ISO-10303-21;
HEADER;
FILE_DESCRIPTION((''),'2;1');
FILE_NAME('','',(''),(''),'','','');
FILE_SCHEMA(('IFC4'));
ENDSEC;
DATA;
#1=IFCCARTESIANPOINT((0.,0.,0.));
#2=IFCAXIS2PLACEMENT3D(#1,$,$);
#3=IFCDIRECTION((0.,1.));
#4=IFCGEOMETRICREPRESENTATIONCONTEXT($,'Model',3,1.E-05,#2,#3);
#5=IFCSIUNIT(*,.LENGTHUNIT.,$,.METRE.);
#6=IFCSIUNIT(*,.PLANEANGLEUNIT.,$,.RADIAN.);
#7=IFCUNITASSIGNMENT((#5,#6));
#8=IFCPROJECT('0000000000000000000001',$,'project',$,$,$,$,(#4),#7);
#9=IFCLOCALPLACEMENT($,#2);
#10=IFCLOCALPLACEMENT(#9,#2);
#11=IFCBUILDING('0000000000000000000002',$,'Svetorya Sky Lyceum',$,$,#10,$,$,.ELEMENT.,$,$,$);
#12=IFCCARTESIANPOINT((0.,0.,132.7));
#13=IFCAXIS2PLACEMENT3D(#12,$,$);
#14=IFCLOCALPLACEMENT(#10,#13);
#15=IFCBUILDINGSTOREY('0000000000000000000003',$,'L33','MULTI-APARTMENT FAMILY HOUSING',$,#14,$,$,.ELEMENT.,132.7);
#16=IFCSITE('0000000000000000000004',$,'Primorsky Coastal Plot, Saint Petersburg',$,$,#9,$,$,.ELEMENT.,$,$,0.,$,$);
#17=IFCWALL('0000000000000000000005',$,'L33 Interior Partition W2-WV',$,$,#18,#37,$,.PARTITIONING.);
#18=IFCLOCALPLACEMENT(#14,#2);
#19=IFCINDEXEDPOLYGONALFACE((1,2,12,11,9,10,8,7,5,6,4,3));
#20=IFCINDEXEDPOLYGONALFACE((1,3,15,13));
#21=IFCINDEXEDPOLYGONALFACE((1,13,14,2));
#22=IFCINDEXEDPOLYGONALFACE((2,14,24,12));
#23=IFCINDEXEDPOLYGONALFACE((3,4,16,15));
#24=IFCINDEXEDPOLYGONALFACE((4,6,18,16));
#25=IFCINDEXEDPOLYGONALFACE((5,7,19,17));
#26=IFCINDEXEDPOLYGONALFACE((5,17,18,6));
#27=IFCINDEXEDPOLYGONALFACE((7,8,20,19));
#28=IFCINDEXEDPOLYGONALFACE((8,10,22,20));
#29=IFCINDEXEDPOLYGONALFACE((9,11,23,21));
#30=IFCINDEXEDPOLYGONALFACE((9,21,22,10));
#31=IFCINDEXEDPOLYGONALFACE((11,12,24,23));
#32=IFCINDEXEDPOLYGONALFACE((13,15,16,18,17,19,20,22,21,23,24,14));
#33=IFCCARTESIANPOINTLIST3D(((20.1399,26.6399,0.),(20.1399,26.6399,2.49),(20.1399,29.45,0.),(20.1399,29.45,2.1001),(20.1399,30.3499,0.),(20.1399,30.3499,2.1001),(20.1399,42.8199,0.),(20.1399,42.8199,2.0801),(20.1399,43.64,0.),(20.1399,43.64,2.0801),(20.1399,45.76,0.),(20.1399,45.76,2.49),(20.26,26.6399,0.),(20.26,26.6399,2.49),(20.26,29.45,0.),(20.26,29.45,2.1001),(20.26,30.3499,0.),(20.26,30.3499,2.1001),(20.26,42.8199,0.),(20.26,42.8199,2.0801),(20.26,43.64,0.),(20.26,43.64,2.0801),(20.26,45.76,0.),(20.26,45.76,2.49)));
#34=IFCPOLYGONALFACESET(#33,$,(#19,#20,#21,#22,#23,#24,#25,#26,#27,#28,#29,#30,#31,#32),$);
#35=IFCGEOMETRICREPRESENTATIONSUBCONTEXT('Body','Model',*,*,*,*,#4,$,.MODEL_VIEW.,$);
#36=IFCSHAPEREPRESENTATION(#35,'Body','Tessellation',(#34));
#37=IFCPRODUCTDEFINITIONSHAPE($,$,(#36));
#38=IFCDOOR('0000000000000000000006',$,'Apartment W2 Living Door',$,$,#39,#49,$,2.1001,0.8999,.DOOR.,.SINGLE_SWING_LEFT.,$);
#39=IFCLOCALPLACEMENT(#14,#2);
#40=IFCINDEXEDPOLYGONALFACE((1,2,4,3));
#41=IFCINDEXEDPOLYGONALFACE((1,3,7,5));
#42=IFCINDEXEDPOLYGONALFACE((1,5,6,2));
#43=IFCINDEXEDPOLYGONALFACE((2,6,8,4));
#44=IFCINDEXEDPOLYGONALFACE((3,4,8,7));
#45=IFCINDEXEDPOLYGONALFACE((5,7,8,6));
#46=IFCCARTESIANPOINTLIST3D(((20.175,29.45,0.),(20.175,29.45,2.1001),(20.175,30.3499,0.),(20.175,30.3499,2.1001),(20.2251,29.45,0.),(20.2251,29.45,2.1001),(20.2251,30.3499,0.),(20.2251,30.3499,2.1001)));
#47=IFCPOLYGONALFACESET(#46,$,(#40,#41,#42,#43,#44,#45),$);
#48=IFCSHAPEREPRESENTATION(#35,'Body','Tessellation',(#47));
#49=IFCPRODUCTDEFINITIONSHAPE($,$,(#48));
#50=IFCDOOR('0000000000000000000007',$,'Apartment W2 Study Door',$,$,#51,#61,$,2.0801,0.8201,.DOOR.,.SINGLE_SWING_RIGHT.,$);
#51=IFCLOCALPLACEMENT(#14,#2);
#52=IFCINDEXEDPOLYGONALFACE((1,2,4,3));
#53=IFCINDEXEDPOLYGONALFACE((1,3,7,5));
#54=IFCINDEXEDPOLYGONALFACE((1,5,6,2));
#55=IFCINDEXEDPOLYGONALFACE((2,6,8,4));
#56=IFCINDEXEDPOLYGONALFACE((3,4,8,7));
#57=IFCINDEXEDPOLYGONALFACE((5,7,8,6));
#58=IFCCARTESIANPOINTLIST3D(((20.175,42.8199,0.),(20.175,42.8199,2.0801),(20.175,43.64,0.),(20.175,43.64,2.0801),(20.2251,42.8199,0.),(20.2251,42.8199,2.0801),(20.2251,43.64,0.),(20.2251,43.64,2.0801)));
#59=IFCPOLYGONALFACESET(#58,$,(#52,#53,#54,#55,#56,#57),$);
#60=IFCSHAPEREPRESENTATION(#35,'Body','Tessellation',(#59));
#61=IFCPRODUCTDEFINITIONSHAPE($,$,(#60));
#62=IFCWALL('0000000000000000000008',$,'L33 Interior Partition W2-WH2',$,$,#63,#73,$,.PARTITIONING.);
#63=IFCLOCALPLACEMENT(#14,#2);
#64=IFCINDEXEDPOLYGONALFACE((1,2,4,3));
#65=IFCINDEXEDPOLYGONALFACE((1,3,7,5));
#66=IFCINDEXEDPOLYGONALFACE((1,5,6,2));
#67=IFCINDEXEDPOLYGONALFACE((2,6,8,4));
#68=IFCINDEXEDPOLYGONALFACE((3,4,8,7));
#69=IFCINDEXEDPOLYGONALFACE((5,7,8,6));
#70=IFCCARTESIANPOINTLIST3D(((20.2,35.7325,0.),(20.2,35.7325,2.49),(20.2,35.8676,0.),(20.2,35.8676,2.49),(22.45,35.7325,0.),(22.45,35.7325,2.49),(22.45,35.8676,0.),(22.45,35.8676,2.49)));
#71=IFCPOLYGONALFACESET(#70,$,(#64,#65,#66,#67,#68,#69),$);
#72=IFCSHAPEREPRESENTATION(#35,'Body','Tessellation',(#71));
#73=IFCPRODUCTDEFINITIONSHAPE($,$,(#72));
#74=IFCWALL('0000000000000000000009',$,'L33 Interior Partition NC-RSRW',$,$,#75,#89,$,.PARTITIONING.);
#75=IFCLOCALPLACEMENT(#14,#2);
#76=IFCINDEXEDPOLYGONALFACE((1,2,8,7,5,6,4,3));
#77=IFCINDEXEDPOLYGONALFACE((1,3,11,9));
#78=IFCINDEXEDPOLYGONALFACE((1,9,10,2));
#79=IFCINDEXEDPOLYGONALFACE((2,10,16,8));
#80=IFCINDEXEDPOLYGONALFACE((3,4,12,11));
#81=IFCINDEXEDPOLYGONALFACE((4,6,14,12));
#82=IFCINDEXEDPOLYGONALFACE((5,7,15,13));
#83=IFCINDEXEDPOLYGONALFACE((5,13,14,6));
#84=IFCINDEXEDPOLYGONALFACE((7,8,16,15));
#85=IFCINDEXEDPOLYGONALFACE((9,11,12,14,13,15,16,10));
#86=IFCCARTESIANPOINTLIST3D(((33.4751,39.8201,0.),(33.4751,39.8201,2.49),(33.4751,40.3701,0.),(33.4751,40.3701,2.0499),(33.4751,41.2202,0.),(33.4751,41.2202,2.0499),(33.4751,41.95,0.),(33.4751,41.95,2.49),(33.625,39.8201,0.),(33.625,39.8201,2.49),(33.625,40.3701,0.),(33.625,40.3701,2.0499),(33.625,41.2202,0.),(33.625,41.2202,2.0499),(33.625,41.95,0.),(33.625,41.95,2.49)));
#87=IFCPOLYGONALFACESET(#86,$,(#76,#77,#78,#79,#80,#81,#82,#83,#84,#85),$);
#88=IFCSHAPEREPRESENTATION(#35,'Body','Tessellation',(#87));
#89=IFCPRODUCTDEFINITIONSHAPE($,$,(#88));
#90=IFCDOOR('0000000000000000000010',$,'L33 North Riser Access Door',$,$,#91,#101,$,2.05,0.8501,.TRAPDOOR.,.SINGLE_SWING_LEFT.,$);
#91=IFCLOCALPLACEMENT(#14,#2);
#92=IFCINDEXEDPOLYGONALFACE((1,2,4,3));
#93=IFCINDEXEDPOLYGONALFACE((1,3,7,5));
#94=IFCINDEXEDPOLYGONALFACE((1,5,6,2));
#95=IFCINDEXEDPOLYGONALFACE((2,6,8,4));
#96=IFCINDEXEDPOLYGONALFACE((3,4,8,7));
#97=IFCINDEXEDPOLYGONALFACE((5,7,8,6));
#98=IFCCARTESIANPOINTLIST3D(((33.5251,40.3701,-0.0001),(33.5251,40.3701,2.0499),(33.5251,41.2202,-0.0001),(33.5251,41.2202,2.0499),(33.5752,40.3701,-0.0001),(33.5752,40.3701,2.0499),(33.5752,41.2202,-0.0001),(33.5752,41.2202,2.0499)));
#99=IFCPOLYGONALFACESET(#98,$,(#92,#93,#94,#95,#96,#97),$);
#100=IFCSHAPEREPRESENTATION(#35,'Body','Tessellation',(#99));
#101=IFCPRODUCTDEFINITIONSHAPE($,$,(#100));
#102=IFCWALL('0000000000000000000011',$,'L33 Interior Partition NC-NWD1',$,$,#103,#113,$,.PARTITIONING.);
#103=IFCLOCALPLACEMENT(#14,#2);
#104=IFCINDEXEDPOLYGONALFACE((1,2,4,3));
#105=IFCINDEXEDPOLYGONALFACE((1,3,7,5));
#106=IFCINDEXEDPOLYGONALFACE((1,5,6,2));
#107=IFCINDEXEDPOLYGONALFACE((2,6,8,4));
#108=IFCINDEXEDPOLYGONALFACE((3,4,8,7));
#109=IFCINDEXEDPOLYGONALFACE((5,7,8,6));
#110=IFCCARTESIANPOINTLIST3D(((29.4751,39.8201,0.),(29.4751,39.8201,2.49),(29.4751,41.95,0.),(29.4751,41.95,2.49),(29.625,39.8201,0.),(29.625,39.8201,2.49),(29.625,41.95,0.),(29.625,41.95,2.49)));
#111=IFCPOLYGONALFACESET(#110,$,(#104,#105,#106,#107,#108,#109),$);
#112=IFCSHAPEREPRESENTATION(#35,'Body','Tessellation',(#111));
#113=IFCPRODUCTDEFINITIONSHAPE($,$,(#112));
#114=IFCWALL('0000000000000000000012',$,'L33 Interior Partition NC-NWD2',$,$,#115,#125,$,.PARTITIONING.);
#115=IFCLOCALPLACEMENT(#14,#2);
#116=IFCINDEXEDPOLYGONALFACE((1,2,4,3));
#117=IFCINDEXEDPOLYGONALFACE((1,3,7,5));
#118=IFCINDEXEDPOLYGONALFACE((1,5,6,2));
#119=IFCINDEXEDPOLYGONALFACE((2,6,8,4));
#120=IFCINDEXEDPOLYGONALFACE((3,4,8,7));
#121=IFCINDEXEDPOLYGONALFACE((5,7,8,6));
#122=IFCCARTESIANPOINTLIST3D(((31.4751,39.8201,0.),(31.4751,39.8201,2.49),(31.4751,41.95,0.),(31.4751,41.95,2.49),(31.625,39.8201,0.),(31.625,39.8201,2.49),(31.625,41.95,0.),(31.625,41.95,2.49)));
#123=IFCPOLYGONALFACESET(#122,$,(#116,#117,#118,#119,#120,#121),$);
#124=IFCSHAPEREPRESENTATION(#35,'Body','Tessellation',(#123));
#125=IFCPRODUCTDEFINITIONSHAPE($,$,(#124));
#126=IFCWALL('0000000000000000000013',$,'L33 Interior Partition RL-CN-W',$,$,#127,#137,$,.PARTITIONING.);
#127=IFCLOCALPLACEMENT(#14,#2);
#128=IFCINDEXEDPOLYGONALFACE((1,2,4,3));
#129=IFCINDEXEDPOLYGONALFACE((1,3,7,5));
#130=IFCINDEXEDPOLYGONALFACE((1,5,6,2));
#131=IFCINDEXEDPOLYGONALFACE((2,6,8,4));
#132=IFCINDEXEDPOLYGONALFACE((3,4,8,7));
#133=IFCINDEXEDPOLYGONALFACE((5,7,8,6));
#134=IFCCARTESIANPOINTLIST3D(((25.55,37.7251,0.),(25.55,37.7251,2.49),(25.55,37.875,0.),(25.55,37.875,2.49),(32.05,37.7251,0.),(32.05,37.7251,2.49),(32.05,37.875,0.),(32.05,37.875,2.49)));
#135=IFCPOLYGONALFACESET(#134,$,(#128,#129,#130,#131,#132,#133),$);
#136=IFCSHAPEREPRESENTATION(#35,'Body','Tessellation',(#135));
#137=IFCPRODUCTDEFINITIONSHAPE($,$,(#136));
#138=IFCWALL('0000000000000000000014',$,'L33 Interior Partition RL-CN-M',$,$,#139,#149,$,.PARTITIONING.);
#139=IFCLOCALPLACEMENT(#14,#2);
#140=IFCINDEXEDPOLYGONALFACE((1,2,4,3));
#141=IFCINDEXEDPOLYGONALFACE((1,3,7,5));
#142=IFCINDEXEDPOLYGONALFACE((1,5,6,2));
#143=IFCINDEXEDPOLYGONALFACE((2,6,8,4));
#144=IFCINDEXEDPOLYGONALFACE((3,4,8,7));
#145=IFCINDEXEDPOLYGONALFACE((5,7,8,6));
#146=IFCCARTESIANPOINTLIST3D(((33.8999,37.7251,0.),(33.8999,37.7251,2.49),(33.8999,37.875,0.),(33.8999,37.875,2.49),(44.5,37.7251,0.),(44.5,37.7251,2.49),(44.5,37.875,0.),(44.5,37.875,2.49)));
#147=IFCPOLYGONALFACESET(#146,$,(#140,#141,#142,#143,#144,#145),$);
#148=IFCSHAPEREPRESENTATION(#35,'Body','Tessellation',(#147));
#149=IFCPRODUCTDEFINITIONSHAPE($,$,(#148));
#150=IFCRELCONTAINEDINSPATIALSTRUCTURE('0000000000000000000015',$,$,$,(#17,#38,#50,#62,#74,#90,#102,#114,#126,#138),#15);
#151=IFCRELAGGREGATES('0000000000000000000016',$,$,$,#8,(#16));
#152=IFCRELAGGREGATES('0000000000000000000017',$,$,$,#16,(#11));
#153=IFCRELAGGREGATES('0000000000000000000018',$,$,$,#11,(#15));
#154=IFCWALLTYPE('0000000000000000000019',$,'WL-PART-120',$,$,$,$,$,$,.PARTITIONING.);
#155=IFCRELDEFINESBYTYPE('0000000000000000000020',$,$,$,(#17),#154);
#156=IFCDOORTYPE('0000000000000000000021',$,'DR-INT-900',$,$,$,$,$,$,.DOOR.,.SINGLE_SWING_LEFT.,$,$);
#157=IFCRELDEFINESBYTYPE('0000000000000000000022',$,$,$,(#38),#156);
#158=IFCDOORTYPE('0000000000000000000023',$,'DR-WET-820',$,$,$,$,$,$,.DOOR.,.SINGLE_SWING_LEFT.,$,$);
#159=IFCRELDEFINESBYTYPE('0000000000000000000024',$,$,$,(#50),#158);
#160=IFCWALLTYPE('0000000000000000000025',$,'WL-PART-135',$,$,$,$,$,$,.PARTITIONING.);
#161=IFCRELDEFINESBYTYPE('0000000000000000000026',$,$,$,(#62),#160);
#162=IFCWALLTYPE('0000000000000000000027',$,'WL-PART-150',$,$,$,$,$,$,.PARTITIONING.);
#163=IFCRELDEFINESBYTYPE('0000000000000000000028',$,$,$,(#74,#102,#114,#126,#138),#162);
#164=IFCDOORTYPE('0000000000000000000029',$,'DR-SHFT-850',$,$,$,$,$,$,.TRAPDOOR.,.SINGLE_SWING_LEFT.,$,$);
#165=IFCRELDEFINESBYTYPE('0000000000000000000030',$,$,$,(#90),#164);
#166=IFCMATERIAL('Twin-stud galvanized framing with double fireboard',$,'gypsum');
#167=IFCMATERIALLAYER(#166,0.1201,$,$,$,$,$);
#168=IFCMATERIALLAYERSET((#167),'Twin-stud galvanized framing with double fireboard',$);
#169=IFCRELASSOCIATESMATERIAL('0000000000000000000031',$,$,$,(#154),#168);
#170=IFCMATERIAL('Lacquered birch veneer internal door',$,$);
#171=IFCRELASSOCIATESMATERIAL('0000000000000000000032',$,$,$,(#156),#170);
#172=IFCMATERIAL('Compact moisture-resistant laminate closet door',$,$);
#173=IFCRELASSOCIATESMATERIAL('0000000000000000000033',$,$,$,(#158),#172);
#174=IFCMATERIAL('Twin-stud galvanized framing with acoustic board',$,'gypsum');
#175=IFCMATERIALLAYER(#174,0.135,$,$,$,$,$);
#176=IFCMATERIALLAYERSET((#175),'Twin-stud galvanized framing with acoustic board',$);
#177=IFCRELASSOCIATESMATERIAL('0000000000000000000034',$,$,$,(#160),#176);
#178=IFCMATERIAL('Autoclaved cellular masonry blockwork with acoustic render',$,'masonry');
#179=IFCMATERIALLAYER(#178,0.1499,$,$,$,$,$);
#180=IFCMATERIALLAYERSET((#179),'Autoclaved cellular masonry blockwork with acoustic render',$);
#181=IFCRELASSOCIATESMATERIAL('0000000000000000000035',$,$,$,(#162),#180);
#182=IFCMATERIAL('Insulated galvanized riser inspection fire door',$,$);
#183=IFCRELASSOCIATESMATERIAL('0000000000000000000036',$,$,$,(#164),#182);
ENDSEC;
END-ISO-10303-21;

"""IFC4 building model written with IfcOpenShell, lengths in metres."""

from ifc_helpers import new_model, si_unit, direction, frame, frame_2d, origin, place, context, subcontext, project, spatial, rectangle, extrude, material, layer, layer_set, type_object, element, fill, save


model = new_model("IFC4")

# Units and contexts
model_context = context("Model", 3, precision=1e-05, world=origin(), true_north=direction((0.0, 1.0)))
body_context = subcontext(model_context, "Body", "Model", "MODEL_VIEW")
ifc_project = project(units=[si_unit("LENGTHUNIT", "METRE"), si_unit("PLANEANGLEUNIT", "RADIAN")], contexts=[model_context])

# Site, building, storey
site_placement = place(None, origin())
site = spatial("IfcSite", under=ifc_project, at=site_placement, Name="Primorsky Coastal Plot, Saint Petersburg", CompositionType="ELEMENT", RefElevation=0.0)
building_placement = place(site_placement, origin())
building = spatial("IfcBuilding", under=site, at=building_placement, Name="Svetorya Sky Lyceum", CompositionType="ELEMENT")
storey_placement = place(building_placement, frame((0.0, 0.0, 132.7)))
storey = spatial("IfcBuildingStorey", under=building, at=storey_placement, Name="L33", Description="MULTI-APARTMENT FAMILY HOUSING", CompositionType="ELEMENT", Elevation=132.7)

# Shared definitions
ifc_material_1 = material(Name="Twin-stud galvanized framing with double fireboard", Category="gypsum")
ifc_layer_1 = layer(ifc_material_1, 0.1201)
ifc_layer_set_1 = layer_set([ifc_layer_1], Name="Twin-stud galvanized framing with double fireboard")
wall_type_1 = type_object("IfcWallType", Name="WL-PART-120", PredefinedType="PARTITIONING", material=ifc_layer_set_1)

# Wall, openings, doors
wall_1_placement = place(storey_placement, frame((20.2, 26.6399, 0.0), z_axis=(0.0, 0.0, 1.0), x_axis=(0.0, 1.0, 0.0)))
wall_1 = element("IfcWall", 1, at=wall_1_placement, inside=storey, type_object=wall_type_1, Name="L33 Interior Partition W2-WV", PredefinedType="PARTITIONING", context=body_context, shape_type="SweptSolid", body=[
    extrude(rectangle(XDim=19.1201, YDim=0.1201, at=frame_2d((9.5601, 0.0))), origin(), (0.0, 0.0, 1.0), 2.49),
])
opening_1_placement = place(wall_1_placement, frame((2.8101, 0.0, 0.0)))
opening_1 = element("IfcOpeningElement", 2, at=opening_1_placement, cuts=wall_1, PredefinedType="OPENING", context=body_context, shape_type="SweptSolid", body=[
    extrude(rectangle(XDim=0.8999, YDim=2.1001, at=frame_2d((0.45, 1.05))), frame((0.0, 0.0701, 0.0), z_axis=(0.0, -1.0, 0.0), x_axis=(1.0, 0.0, 0.0)), (0.0, 0.0, 1.0), 0.1401),
])
opening_2_placement = place(wall_1_placement, frame((16.1799, 0.0, 0.0)))
opening_2 = element("IfcOpeningElement", 3, at=opening_2_placement, cuts=wall_1, PredefinedType="OPENING", context=body_context, shape_type="SweptSolid", body=[
    extrude(rectangle(XDim=0.8201, YDim=2.0801, at=frame_2d((0.4102, 1.04))), frame((0.0, 0.0701, 0.0), z_axis=(0.0, -1.0, 0.0), x_axis=(1.0, 0.0, 0.0)), (0.0, 0.0, 1.0), 0.1401),
])
ifc_material_2 = material(Name="Lacquered birch veneer internal door")
door_type_1 = type_object("IfcDoorType", Name="DR-INT-900", OperationType="SINGLE_SWING_LEFT", PredefinedType="DOOR", material=ifc_material_2)
door_1_placement = place(opening_1_placement, origin())
door_1 = element("IfcDoor", 4, at=door_1_placement, inside=storey, type_object=door_type_1, Name="Apartment W2 Living Door", OperationType="SINGLE_SWING_LEFT", OverallHeight=2.1001, OverallWidth=0.8999, PredefinedType="DOOR", context=body_context, shape_type="SweptSolid", body=[
    extrude(rectangle(XDim=0.8999, YDim=2.1001, at=frame_2d((0.45, 1.05))), frame((0.0, 0.0249, 0.0), z_axis=(0.0, -1.0, 0.0), x_axis=(1.0, 0.0, 0.0)), (0.0, 0.0, 1.0), 0.05),
])
fill(opening_1, door_1)
ifc_material_3 = material(Name="Compact moisture-resistant laminate closet door")
door_type_2 = type_object("IfcDoorType", Name="DR-WET-820", OperationType="SINGLE_SWING_LEFT", PredefinedType="DOOR", material=ifc_material_3)
door_2_placement = place(opening_2_placement, origin())
door_2 = element("IfcDoor", 5, at=door_2_placement, inside=storey, type_object=door_type_2, Name="Apartment W2 Study Door", OperationType="SINGLE_SWING_RIGHT", OverallHeight=2.0801, OverallWidth=0.8201, PredefinedType="DOOR", context=body_context, shape_type="SweptSolid", body=[
    extrude(rectangle(XDim=0.8201, YDim=2.0801, at=frame_2d((0.4102, 1.04))), frame((0.0, 0.0249, 0.0), z_axis=(0.0, -1.0, 0.0), x_axis=(1.0, 0.0, 0.0)), (0.0, 0.0, 1.0), 0.05),
])
fill(opening_2, door_2)

# Wall
ifc_material_4 = material(Name="Twin-stud galvanized framing with acoustic board", Category="gypsum")
ifc_layer_2 = layer(ifc_material_4, 0.135)
ifc_layer_set_2 = layer_set([ifc_layer_2], Name="Twin-stud galvanized framing with acoustic board")
wall_type_2 = type_object("IfcWallType", Name="WL-PART-135", PredefinedType="PARTITIONING", material=ifc_layer_set_2)
wall_2_placement = place(storey_placement, frame((20.2, 35.8, 0.0), z_axis=(0.0, 0.0, 1.0), x_axis=(1.0, 0.0, 0.0)))
element("IfcWall", 6, at=wall_2_placement, inside=storey, type_object=wall_type_2, Name="L33 Interior Partition W2-WH2", PredefinedType="PARTITIONING", context=body_context, shape_type="SweptSolid", body=[
    extrude(rectangle(XDim=2.25, YDim=0.135, at=frame_2d((1.125, 0.0))), origin(), (0.0, 0.0, 1.0), 2.49),
])

# Wall, opening, door
ifc_material_5 = material(Name="Autoclaved cellular masonry blockwork with acoustic render", Category="masonry")
ifc_layer_3 = layer(ifc_material_5, 0.1499)
ifc_layer_set_3 = layer_set([ifc_layer_3], Name="Autoclaved cellular masonry blockwork with acoustic render")
wall_type_3 = type_object("IfcWallType", Name="WL-PART-150", PredefinedType="PARTITIONING", material=ifc_layer_set_3)
wall_3_placement = place(storey_placement, frame((33.55, 39.8201, 0.0), z_axis=(0.0, 0.0, 1.0), x_axis=(0.0, 1.0, 0.0)))
wall_3 = element("IfcWall", 7, at=wall_3_placement, inside=storey, type_object=wall_type_3, Name="L33 Interior Partition NC-RSRW", PredefinedType="PARTITIONING", context=body_context, shape_type="SweptSolid", body=[
    extrude(rectangle(XDim=2.1299, YDim=0.1499, at=frame_2d((1.0649, 0.0))), origin(), (0.0, 0.0, 1.0), 2.49),
])
opening_3_placement = place(wall_3_placement, frame((0.55, 0.0, 0.0)))
opening_3 = element("IfcOpeningElement", 8, at=opening_3_placement, cuts=wall_3, PredefinedType="OPENING", context=body_context, shape_type="SweptSolid", body=[
    extrude(rectangle(XDim=0.8501, YDim=2.05, at=frame_2d((0.425, 1.0249))), frame((0.0, 0.085, 0.0), z_axis=(0.0, -1.0, 0.0), x_axis=(1.0, 0.0, 0.0)), (0.0, 0.0, 1.0), 0.1699),
])
ifc_material_6 = material(Name="Insulated galvanized riser inspection fire door")
door_type_3 = type_object("IfcDoorType", Name="DR-SHFT-850", OperationType="SINGLE_SWING_LEFT", PredefinedType="TRAPDOOR", material=ifc_material_6)
door_3_placement = place(opening_3_placement, origin())
door_3 = element("IfcDoor", 9, at=door_3_placement, inside=storey, type_object=door_type_3, Name="L33 North Riser Access Door", OperationType="SINGLE_SWING_LEFT", OverallHeight=2.05, OverallWidth=0.8501, PredefinedType="TRAPDOOR", context=body_context, shape_type="SweptSolid", body=[
    extrude(rectangle(XDim=0.8501, YDim=2.05, at=frame_2d((0.425, 1.0249))), frame((0.0, 0.0249, 0.0), z_axis=(0.0, -1.0, 0.0), x_axis=(1.0, 0.0, 0.0)), (0.0, 0.0, 1.0), 0.05),
])
fill(opening_3, door_3)

# Walls
for number, where, z_axis, x_axis, name in (
    (10, (29.55, 39.8201, 0.0), (0.0, 0.0, 1.0), (0.0, 1.0, 0.0), "L33 Interior Partition NC-NWD1"),
    (11, (31.55, 39.8201, 0.0), (0.0, 0.0, 1.0), (0.0, 1.0, 0.0), "L33 Interior Partition NC-NWD2"),
):
    element("IfcWall", number, at=place(storey_placement, frame(where, z_axis=z_axis, x_axis=x_axis)), inside=storey, type_object=wall_type_3, Name=name, PredefinedType="PARTITIONING", context=body_context, shape_type="SweptSolid", body=[
        extrude(rectangle(XDim=2.1299, YDim=0.1499, at=frame_2d((1.0649, 0.0))), origin(), (0.0, 0.0, 1.0), 2.49),
    ])
wall_4_placement = place(storey_placement, frame((25.55, 37.8, 0.0), z_axis=(0.0, 0.0, 1.0), x_axis=(1.0, 0.0, 0.0)))
element("IfcWall", 12, at=wall_4_placement, inside=storey, type_object=wall_type_3, Name="L33 Interior Partition RL-CN-W", PredefinedType="PARTITIONING", context=body_context, shape_type="SweptSolid", body=[
    extrude(rectangle(XDim=6.5, YDim=0.1499, at=frame_2d((3.25, 0.0))), origin(), (0.0, 0.0, 1.0), 2.49),
])
wall_5_placement = place(storey_placement, frame((33.8999, 37.8, 0.0), z_axis=(0.0, 0.0, 1.0), x_axis=(1.0, 0.0, 0.0)))
element("IfcWall", 13, at=wall_5_placement, inside=storey, type_object=wall_type_3, Name="L33 Interior Partition RL-CN-M", PredefinedType="PARTITIONING", context=body_context, shape_type="SweptSolid", body=[
    extrude(rectangle(XDim=10.6001, YDim=0.1499, at=frame_2d((5.3, 0.0))), origin(), (0.0, 0.0, 1.0), 2.49),
])

save(model, "model.ifc")
